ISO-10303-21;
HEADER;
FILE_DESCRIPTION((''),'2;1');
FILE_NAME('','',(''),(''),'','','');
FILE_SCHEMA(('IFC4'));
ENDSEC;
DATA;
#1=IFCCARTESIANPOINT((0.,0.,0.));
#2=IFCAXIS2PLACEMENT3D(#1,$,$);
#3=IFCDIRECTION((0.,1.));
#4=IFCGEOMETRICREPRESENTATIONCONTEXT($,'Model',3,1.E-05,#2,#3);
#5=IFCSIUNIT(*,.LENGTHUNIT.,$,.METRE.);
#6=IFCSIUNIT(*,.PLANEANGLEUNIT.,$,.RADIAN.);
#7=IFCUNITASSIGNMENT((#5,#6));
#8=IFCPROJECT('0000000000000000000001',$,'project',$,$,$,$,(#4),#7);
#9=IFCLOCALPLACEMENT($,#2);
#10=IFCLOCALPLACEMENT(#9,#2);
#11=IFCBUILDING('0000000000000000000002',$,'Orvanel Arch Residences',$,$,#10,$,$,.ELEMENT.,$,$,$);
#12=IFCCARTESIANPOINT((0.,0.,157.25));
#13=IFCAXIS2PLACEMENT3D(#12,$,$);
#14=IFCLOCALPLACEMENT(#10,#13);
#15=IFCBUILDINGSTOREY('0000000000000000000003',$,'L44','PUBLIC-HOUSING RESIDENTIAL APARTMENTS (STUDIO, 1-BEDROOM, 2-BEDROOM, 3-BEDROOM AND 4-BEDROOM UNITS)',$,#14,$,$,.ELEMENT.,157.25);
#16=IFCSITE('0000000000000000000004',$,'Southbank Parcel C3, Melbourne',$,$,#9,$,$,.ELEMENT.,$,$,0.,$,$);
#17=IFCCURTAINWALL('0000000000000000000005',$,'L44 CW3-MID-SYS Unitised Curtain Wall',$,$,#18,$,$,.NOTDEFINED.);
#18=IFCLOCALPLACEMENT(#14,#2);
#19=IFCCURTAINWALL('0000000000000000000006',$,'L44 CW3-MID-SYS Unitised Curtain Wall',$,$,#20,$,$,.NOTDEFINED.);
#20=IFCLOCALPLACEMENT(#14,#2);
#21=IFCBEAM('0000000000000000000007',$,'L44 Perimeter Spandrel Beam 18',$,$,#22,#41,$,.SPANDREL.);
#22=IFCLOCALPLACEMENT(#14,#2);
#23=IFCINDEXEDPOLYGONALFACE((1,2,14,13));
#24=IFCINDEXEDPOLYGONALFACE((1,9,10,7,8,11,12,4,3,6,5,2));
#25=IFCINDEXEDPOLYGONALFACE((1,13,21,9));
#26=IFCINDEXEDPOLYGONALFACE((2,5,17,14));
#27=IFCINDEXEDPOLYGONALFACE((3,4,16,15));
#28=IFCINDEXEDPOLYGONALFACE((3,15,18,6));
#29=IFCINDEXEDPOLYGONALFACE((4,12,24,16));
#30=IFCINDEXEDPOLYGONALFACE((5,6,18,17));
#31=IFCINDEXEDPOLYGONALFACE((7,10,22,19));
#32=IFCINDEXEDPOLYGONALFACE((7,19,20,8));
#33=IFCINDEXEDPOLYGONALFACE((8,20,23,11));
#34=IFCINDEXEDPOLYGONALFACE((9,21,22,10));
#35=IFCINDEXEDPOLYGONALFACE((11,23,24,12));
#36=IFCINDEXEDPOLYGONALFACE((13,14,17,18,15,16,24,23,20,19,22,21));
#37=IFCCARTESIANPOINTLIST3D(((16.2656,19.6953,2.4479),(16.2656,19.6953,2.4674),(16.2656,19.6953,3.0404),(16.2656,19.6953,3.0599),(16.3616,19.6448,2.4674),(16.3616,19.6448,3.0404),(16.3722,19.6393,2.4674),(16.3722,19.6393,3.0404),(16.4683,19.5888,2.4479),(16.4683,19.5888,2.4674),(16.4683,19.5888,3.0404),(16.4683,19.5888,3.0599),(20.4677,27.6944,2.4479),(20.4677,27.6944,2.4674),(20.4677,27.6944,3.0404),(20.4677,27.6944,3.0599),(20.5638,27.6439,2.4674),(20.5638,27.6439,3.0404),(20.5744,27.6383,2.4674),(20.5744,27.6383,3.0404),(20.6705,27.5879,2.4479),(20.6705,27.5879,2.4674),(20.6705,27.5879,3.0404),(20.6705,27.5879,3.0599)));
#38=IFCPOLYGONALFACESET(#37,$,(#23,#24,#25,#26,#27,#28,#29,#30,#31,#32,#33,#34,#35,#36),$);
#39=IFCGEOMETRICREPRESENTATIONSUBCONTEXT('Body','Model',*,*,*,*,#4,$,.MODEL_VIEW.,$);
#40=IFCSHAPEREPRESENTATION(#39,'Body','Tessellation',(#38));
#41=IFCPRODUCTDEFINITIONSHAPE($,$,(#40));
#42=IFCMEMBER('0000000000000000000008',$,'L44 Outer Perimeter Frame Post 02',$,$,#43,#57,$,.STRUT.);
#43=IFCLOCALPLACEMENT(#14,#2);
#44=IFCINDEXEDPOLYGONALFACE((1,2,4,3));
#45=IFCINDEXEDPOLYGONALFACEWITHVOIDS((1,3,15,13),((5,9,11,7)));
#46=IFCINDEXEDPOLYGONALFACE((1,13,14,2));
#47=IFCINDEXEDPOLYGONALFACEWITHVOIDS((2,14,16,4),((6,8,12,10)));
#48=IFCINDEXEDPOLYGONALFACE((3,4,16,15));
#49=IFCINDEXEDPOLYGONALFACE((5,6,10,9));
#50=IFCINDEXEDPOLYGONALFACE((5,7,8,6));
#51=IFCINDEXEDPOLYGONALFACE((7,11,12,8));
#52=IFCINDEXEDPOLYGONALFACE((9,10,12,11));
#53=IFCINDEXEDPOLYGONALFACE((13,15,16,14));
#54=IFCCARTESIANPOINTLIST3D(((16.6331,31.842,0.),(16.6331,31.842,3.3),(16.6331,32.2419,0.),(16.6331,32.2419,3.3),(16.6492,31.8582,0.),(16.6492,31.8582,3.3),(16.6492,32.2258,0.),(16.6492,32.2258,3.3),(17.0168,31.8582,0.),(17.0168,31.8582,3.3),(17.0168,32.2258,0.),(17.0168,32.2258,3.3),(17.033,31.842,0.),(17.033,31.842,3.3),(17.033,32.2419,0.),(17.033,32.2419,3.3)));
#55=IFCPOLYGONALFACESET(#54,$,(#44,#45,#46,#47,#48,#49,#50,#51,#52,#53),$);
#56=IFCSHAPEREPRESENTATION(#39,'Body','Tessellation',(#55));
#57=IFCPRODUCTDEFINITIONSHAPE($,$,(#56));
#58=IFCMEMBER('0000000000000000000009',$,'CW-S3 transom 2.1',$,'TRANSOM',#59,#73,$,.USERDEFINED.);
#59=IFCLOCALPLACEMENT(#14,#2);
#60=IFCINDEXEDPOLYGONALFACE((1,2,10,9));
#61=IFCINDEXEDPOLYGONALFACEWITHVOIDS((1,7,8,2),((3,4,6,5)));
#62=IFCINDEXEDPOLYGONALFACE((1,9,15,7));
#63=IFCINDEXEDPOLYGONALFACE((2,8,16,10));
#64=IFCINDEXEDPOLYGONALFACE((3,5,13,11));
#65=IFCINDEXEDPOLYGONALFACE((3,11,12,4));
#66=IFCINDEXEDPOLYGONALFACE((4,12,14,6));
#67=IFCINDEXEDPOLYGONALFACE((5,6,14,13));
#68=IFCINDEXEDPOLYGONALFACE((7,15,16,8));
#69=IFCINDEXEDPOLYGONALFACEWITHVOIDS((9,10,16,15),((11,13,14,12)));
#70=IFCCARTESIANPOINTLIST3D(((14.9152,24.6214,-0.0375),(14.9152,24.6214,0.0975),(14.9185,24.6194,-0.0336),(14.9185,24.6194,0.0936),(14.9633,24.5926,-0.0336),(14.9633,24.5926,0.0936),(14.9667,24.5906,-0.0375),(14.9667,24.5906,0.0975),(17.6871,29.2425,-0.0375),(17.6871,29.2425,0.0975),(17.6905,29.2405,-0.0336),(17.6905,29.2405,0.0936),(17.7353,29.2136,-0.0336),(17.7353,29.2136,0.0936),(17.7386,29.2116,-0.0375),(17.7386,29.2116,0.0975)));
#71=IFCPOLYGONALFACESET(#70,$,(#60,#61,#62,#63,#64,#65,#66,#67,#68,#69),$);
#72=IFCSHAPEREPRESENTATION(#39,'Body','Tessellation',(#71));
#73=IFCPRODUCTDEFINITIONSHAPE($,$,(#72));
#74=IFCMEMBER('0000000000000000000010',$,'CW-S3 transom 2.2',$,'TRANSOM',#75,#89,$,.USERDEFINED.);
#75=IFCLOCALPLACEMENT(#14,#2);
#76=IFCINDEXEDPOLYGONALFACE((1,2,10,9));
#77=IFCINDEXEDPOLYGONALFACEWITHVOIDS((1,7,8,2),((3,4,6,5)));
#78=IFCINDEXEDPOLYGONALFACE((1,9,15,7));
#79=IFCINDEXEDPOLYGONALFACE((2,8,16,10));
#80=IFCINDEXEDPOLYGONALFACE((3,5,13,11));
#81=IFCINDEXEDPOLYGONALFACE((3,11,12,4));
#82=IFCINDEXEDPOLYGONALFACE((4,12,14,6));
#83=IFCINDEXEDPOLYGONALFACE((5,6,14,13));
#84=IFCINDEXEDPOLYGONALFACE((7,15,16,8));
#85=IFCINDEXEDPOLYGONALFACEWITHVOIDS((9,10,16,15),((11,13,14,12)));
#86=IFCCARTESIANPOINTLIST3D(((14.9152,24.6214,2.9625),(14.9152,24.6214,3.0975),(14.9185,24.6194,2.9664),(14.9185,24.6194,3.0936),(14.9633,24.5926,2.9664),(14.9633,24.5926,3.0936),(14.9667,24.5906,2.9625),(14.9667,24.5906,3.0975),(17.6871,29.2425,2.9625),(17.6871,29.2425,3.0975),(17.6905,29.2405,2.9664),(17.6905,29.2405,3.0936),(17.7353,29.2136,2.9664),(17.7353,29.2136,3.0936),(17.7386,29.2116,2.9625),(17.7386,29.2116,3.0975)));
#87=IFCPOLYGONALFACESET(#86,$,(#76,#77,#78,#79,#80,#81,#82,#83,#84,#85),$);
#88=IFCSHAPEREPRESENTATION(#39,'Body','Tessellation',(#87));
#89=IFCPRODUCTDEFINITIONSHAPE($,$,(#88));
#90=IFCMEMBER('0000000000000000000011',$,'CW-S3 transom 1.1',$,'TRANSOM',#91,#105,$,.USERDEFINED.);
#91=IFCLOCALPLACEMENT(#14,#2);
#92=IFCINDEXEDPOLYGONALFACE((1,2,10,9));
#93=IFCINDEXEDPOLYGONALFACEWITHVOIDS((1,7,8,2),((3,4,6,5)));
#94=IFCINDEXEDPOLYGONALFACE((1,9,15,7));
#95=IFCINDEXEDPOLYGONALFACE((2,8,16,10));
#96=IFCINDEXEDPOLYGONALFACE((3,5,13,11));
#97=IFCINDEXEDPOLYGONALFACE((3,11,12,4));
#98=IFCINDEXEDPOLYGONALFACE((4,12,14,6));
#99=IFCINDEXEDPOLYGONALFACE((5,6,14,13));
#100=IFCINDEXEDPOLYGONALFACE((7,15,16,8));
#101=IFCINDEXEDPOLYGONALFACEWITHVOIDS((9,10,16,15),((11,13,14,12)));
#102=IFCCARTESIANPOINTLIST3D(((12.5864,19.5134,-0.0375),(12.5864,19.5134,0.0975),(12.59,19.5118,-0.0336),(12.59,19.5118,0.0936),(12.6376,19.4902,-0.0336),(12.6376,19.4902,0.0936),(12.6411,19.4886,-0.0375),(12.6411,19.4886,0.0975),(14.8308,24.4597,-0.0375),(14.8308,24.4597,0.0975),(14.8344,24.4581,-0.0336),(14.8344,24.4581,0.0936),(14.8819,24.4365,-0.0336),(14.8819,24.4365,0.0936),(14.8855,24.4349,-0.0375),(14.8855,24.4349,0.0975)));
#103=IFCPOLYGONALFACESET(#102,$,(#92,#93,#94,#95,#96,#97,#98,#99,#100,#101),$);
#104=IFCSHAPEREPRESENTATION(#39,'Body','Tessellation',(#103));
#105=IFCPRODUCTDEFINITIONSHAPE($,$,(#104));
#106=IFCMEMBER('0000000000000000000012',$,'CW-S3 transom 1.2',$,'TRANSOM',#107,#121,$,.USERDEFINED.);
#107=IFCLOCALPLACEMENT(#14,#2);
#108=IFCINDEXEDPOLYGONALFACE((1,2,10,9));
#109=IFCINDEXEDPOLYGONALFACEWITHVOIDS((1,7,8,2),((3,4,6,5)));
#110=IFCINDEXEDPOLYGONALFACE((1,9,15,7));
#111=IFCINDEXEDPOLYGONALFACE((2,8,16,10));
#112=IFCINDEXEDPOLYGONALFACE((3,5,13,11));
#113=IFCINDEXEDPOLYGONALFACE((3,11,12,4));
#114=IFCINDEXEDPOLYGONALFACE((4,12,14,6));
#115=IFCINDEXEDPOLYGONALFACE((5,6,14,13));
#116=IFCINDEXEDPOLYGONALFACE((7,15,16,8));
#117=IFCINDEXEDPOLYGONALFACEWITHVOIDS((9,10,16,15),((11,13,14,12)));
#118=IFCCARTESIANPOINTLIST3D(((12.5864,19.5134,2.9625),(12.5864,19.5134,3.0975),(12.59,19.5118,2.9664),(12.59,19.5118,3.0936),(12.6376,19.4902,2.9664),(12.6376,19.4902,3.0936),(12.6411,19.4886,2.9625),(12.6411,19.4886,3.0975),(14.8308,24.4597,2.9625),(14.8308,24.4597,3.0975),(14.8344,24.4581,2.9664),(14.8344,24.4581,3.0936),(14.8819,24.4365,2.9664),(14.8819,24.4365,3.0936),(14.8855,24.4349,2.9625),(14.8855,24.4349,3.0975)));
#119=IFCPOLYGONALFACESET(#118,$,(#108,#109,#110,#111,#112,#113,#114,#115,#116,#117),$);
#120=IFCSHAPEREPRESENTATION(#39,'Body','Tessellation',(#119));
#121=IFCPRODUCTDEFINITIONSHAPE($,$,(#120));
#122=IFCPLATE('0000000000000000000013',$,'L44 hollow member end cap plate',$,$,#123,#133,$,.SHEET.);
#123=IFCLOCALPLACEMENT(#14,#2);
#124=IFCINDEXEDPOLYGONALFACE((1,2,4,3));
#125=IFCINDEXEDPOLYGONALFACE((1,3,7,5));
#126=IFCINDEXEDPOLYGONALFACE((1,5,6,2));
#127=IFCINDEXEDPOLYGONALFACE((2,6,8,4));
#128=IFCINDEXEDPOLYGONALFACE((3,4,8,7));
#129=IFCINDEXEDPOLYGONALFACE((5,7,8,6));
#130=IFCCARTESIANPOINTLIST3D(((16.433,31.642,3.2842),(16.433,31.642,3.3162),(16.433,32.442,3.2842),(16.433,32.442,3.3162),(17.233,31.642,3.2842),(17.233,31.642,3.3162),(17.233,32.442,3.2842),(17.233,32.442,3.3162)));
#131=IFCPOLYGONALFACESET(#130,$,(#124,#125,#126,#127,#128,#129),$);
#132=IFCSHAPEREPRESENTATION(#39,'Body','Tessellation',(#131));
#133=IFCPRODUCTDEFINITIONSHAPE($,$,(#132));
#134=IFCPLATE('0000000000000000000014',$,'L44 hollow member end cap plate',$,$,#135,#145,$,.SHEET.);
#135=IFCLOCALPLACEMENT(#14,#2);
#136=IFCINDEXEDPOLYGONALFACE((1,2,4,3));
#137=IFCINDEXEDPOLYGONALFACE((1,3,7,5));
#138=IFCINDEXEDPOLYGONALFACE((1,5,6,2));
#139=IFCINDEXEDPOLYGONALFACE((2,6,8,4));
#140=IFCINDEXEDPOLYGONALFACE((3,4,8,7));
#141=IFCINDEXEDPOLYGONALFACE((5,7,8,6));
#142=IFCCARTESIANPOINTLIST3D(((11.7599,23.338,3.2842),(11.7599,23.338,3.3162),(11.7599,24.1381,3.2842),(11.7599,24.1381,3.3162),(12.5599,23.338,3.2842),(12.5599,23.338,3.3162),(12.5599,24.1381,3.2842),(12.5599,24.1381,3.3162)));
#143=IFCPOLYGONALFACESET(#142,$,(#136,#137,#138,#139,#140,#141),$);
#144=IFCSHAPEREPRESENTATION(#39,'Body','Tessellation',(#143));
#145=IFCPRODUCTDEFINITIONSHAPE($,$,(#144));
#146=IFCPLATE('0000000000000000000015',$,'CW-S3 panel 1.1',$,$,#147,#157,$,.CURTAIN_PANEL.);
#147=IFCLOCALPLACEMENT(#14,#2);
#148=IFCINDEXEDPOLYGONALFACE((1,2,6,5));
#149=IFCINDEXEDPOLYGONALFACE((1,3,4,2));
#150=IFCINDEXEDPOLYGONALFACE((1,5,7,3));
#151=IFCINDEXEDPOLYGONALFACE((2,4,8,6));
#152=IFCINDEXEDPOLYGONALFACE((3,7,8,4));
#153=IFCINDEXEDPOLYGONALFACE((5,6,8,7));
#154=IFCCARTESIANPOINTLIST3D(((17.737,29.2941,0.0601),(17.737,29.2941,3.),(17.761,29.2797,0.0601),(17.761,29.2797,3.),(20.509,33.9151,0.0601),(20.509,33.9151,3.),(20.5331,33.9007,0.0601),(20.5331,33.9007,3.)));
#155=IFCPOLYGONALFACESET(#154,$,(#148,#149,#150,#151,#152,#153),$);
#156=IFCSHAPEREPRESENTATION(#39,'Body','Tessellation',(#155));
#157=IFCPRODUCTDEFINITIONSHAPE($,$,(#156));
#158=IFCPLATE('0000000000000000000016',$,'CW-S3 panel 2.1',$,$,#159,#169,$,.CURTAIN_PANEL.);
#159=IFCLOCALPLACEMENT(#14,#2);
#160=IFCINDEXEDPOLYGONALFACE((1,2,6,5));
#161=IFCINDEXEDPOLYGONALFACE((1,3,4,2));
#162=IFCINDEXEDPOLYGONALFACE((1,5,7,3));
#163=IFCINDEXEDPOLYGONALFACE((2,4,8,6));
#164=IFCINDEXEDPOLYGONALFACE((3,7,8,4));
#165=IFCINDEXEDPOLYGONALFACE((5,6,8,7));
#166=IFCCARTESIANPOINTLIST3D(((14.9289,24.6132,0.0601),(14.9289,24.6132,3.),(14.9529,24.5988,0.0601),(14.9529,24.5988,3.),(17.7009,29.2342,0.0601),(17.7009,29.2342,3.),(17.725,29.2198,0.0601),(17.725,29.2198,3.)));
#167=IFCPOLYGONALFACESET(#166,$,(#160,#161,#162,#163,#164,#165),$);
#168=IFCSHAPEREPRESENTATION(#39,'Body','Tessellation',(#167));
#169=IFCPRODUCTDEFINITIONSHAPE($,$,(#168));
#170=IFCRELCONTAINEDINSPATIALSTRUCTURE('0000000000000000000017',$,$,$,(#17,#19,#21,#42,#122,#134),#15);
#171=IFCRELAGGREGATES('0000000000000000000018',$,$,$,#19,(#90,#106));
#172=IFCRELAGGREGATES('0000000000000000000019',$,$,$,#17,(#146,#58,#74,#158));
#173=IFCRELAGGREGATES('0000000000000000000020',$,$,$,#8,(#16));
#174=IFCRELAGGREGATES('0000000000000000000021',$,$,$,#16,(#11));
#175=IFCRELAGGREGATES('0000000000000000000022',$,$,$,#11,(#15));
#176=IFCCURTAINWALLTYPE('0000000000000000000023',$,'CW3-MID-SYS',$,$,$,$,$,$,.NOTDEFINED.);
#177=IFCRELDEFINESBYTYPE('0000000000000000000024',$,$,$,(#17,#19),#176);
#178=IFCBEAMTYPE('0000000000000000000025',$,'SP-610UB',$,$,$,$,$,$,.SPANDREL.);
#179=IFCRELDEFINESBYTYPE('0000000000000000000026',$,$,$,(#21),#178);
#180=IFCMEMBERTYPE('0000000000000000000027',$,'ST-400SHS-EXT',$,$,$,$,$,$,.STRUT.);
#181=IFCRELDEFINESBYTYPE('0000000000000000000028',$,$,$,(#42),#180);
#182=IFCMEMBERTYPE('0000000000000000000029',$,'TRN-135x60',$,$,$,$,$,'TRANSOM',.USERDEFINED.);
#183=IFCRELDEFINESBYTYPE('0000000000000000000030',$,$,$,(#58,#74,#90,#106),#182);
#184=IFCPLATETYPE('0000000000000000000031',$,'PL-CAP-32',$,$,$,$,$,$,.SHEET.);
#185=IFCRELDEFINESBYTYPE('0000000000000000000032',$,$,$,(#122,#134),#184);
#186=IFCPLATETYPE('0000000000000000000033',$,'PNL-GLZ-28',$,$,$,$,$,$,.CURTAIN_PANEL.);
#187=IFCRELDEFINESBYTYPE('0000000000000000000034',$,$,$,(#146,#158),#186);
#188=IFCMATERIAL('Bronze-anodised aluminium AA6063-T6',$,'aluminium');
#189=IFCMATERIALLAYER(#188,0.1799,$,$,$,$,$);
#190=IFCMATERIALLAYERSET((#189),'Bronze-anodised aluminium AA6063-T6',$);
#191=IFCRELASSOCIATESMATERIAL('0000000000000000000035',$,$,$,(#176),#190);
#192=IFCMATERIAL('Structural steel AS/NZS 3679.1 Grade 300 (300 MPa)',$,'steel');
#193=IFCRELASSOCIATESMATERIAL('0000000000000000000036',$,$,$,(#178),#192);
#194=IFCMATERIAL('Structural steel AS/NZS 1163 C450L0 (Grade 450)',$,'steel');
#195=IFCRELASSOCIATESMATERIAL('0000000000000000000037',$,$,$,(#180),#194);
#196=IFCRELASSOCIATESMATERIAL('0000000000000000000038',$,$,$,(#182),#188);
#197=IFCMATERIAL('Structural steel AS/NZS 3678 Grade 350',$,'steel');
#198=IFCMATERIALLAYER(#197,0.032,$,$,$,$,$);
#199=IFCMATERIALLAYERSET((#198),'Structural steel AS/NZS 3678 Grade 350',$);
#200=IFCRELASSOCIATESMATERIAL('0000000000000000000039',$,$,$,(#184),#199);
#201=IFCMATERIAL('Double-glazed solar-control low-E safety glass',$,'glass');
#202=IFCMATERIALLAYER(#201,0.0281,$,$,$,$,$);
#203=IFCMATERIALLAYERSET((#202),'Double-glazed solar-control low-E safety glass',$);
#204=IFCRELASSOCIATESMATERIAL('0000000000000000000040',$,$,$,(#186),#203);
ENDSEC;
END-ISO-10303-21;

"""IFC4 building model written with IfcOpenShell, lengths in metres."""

from ifc_helpers import new_model, si_unit, direction, frame, origin, origin_2d, place, context, subcontext, project, spatial, rectangle, hollow_rectangle, i_section, extrude, material, layer, layer_set, material_profile, profile_set, type_object, element, aggregate, save


model = new_model("IFC4")

# Units and contexts
model_context = context("Model", 3, precision=1e-05, world=origin(), true_north=direction((0.0, 1.0)))
body_context = subcontext(model_context, "Body", "Model", "MODEL_VIEW")
ifc_project = project(units=[si_unit("LENGTHUNIT", "METRE"), si_unit("PLANEANGLEUNIT", "RADIAN")], contexts=[model_context])

# Site, building, storey
site_placement = place(None, origin())
site = spatial("IfcSite", under=ifc_project, at=site_placement, Name="Southbank Parcel C3, Melbourne", CompositionType="ELEMENT", RefElevation=0.0)
building_placement = place(site_placement, origin())
building = spatial("IfcBuilding", under=site, at=building_placement, Name="Orvanel Arch Residences", CompositionType="ELEMENT")
storey_placement = place(building_placement, frame((0.0, 0.0, 157.25)))
storey = spatial("IfcBuildingStorey", under=building, at=storey_placement, Name="L44", Description="PUBLIC-HOUSING RESIDENTIAL APARTMENTS (STUDIO, 1-BEDROOM, 2-BEDROOM, 3-BEDROOM AND 4-BEDROOM UNITS)", CompositionType="ELEMENT", Elevation=157.25)

# Shared definitions
ifc_material_1 = material(Name="Structural steel AS/NZS 1163 C450L0 (Grade 450)", Category="steel")

# Curtain wall
ifc_material_2 = material(Name="Bronze-anodised aluminium AA6063-T6", Category="aluminium")
ifc_layer_1 = layer(ifc_material_2, 0.1799)
ifc_layer_set_1 = layer_set([ifc_layer_1], Name="Bronze-anodised aluminium AA6063-T6")
curtain_wall_type = type_object("IfcCurtainWallType", Name="CW3-MID-SYS", PredefinedType="NOTDEFINED", material=ifc_layer_set_1)
curtain_wall_1_placement = place(storey_placement, origin())
curtain_wall_1 = element("IfcCurtainWall", 1, at=curtain_wall_1_placement, inside=storey, type_object=curtain_wall_type, Name="L44 CW3-MID-SYS Unitised Curtain Wall", PredefinedType="NOTDEFINED")

# Curtain wall
curtain_wall_2_placement = place(storey_placement, origin())
curtain_wall_2 = element("IfcCurtainWall", 2, at=curtain_wall_2_placement, inside=storey, type_object=curtain_wall_type, Name="L44 CW3-MID-SYS Unitised Curtain Wall", PredefinedType="NOTDEFINED")

# Beam
ifc_material_3 = material(Name="Structural steel AS/NZS 3679.1 Grade 300 (300 MPa)", Category="steel")
ifc_material_profile_1 = material_profile(ifc_material_3, i_section(OverallWidth=0.229, OverallDepth=0.6121, WebThickness=0.012, FlangeThickness=0.0195, at=origin_2d()), Name="610UB125")
ifc_profile_set_1 = profile_set([ifc_material_profile_1], Name="Structural steel AS/NZS 3679.1 Grade 300 (300 MPa)")
beam_type_1 = type_object("IfcBeamType", Name="SP-610UB", PredefinedType="SPANDREL", material=ifc_profile_set_1)
beam_1_placement = place(storey_placement, frame((20.5691, 27.6411, 2.7539), z_axis=(-0.465065, -0.885277, 0.0), x_axis=(0.885277, -0.465065, 0.0)))
element("IfcBeam", 3, at=beam_1_placement, inside=storey, type_object=beam_type_1, Name="L44 Perimeter Spandrel Beam 18", PredefinedType="SPANDREL", context=body_context, shape_type="SweptSolid", body=[
    extrude(i_section(OverallWidth=0.229, OverallDepth=0.6121, WebThickness=0.012, FlangeThickness=0.0195, at=origin_2d()), origin(), (0.0, 0.0, 1.0), 9.0356),
])

# Members
ifc_material_profile_2 = material_profile(ifc_material_1, hollow_rectangle(XDim=0.3999, YDim=0.3999, WallThickness=0.0161, at=origin_2d()), Name="SHS400x400x16")
ifc_profile_set_2 = profile_set([ifc_material_profile_2], Name="Structural steel AS/NZS 1163 C450L0 (Grade 450)")
member_type_1 = type_object("IfcMemberType", Name="ST-400SHS-EXT", PredefinedType="STRUT", material=ifc_profile_set_2)
member_1_placement = place(storey_placement, frame((16.833, 32.042, 0.0), z_axis=(0.0, 0.0, 1.0), x_axis=(1.0, 0.0, 0.0)))
element("IfcMember", 4, at=member_1_placement, inside=storey, type_object=member_type_1, Name="L44 Outer Perimeter Frame Post 02", PredefinedType="STRUT", context=body_context, shape_type="SweptSolid", body=[
    extrude(hollow_rectangle(XDim=0.3999, YDim=0.3999, WallThickness=0.0161, at=origin_2d()), origin(), (0.0, 0.0, 1.0), 3.3),
])
ifc_material_profile_3 = material_profile(ifc_material_2, hollow_rectangle(XDim=0.0601, YDim=0.135, WallThickness=0.0039, at=origin_2d()), Name="ALU135x60x4")
ifc_profile_set_3 = profile_set([ifc_material_profile_3], Name="Bronze-anodised aluminium AA6063-T6")
member_type_2 = type_object("IfcMemberType", Name="TRN-135x60", ElementType="TRANSOM", PredefinedType="USERDEFINED", material=ifc_profile_set_3)
member_2_placement = place(storey_placement, frame((17.7129, 29.2271, 0.03), z_axis=(-0.514402, -0.857549, 0.0), x_axis=(0.857549, -0.514402, 0.0)))
member_2 = element("IfcMember", 5, at=member_2_placement, type_object=member_type_2, Name="CW-S3 transom 2.1", ObjectType="TRANSOM", PredefinedType="USERDEFINED", context=body_context, shape_type="SweptSolid", body=[
    extrude(hollow_rectangle(XDim=0.0601, YDim=0.135, WallThickness=0.0039, at=origin_2d()), origin(), (0.0, 0.0, 1.0), 5.3887),
])
member_3_placement = place(storey_placement, frame((17.7129, 29.2271, 3.03), z_axis=(-0.514402, -0.857549, 0.0), x_axis=(0.857549, -0.514402, 0.0)))
member_3 = element("IfcMember", 6, at=member_3_placement, type_object=member_type_2, Name="CW-S3 transom 2.2", ObjectType="TRANSOM", PredefinedType="USERDEFINED", context=body_context, shape_type="SweptSolid", body=[
    extrude(hollow_rectangle(XDim=0.0601, YDim=0.135, WallThickness=0.0039, at=origin_2d()), origin(), (0.0, 0.0, 1.0), 5.3887),
])
member_4_placement = place(storey_placement, frame((14.8582, 24.4473, 0.03), z_axis=(-0.413203, -0.910639, 0.0), x_axis=(0.910639, -0.413203, 0.0)))
member_4 = element("IfcMember", 7, at=member_4_placement, type_object=member_type_2, Name="CW-S3 transom 1.1", ObjectType="TRANSOM", PredefinedType="USERDEFINED", context=body_context, shape_type="SweptSolid", body=[
    extrude(hollow_rectangle(XDim=0.0601, YDim=0.135, WallThickness=0.0039, at=origin_2d()), origin(), (0.0, 0.0, 1.0), 5.4316),
])
member_5_placement = place(storey_placement, frame((14.8582, 24.4473, 3.03), z_axis=(-0.413203, -0.910639, 0.0), x_axis=(0.910639, -0.413203, 0.0)))
member_5 = element("IfcMember", 8, at=member_5_placement, type_object=member_type_2, Name="CW-S3 transom 1.2", ObjectType="TRANSOM", PredefinedType="USERDEFINED", context=body_context, shape_type="SweptSolid", body=[
    extrude(hollow_rectangle(XDim=0.0601, YDim=0.135, WallThickness=0.0039, at=origin_2d()), origin(), (0.0, 0.0, 1.0), 5.4316),
])
aggregate(curtain_wall_2, [member_4, member_5])

# Plates
ifc_material_4 = material(Name="Structural steel AS/NZS 3678 Grade 350", Category="steel")
ifc_layer_2 = layer(ifc_material_4, 0.032)
ifc_layer_set_2 = layer_set([ifc_layer_2], Name="Structural steel AS/NZS 3678 Grade 350")
plate_type_1 = type_object("IfcPlateType", Name="PL-CAP-32", PredefinedType="SHEET", material=ifc_layer_set_2)
for number, where, z_axis, x_axis, name in (
    (9, (16.833, 32.042, 3.2842), (0.0, 0.0, 1.0), (1.0, 0.0, 0.0), "L44 hollow member end cap plate"),
    (10, (12.1599, 23.738, 3.2842), (0.0, 0.0, 1.0), (1.0, 0.0, 0.0), "L44 hollow member end cap plate"),
):
    element("IfcPlate", number, at=place(storey_placement, frame(where, z_axis=z_axis, x_axis=x_axis)), inside=storey, type_object=plate_type_1, Name=name, PredefinedType="SHEET", context=body_context, shape_type="SweptSolid", body=[
        extrude(rectangle(XDim=0.8, YDim=0.8, at=origin_2d()), origin(), (0.0, 0.0, 1.0), 0.032),
    ])

# Plates
ifc_material_5 = material(Name="Double-glazed solar-control low-E safety glass", Category="glass")
ifc_layer_3 = layer(ifc_material_5, 0.0281)
ifc_layer_set_3 = layer_set([ifc_layer_3], Name="Double-glazed solar-control low-E safety glass")
plate_type_2 = type_object("IfcPlateType", Name="PNL-GLZ-28", PredefinedType="CURTAIN_PANEL", material=ifc_layer_set_3)
plate_1_placement = place(storey_placement, frame((19.135, 31.5974, 0.0601), z_axis=(0.0, 0.0, 1.0), x_axis=(-0.514415, -0.857541, 0.0)))
plate_1 = element("IfcPlate", 11, at=plate_1_placement, type_object=plate_type_2, Name="CW-S3 panel 1.1", PredefinedType="CURTAIN_PANEL", context=body_context, shape_type="SweptSolid", body=[
    extrude(rectangle(XDim=5.3887, YDim=0.0281, at=origin_2d()), origin(), (0.0, 0.0, 1.0), 2.9399),
])
plate_2_placement = place(storey_placement, frame((16.3269, 26.9165, 0.0601), z_axis=(0.0, 0.0, 1.0), x_axis=(-0.514415, -0.857541, 0.0)))
plate_2 = element("IfcPlate", 12, at=plate_2_placement, type_object=plate_type_2, Name="CW-S3 panel 2.1", PredefinedType="CURTAIN_PANEL", context=body_context, shape_type="SweptSolid", body=[
    extrude(rectangle(XDim=5.3887, YDim=0.0281, at=origin_2d()), origin(), (0.0, 0.0, 1.0), 2.9399),
])
aggregate(curtain_wall_1, [plate_1, member_2, member_3, plate_2])

save(model, "model.ifc")
